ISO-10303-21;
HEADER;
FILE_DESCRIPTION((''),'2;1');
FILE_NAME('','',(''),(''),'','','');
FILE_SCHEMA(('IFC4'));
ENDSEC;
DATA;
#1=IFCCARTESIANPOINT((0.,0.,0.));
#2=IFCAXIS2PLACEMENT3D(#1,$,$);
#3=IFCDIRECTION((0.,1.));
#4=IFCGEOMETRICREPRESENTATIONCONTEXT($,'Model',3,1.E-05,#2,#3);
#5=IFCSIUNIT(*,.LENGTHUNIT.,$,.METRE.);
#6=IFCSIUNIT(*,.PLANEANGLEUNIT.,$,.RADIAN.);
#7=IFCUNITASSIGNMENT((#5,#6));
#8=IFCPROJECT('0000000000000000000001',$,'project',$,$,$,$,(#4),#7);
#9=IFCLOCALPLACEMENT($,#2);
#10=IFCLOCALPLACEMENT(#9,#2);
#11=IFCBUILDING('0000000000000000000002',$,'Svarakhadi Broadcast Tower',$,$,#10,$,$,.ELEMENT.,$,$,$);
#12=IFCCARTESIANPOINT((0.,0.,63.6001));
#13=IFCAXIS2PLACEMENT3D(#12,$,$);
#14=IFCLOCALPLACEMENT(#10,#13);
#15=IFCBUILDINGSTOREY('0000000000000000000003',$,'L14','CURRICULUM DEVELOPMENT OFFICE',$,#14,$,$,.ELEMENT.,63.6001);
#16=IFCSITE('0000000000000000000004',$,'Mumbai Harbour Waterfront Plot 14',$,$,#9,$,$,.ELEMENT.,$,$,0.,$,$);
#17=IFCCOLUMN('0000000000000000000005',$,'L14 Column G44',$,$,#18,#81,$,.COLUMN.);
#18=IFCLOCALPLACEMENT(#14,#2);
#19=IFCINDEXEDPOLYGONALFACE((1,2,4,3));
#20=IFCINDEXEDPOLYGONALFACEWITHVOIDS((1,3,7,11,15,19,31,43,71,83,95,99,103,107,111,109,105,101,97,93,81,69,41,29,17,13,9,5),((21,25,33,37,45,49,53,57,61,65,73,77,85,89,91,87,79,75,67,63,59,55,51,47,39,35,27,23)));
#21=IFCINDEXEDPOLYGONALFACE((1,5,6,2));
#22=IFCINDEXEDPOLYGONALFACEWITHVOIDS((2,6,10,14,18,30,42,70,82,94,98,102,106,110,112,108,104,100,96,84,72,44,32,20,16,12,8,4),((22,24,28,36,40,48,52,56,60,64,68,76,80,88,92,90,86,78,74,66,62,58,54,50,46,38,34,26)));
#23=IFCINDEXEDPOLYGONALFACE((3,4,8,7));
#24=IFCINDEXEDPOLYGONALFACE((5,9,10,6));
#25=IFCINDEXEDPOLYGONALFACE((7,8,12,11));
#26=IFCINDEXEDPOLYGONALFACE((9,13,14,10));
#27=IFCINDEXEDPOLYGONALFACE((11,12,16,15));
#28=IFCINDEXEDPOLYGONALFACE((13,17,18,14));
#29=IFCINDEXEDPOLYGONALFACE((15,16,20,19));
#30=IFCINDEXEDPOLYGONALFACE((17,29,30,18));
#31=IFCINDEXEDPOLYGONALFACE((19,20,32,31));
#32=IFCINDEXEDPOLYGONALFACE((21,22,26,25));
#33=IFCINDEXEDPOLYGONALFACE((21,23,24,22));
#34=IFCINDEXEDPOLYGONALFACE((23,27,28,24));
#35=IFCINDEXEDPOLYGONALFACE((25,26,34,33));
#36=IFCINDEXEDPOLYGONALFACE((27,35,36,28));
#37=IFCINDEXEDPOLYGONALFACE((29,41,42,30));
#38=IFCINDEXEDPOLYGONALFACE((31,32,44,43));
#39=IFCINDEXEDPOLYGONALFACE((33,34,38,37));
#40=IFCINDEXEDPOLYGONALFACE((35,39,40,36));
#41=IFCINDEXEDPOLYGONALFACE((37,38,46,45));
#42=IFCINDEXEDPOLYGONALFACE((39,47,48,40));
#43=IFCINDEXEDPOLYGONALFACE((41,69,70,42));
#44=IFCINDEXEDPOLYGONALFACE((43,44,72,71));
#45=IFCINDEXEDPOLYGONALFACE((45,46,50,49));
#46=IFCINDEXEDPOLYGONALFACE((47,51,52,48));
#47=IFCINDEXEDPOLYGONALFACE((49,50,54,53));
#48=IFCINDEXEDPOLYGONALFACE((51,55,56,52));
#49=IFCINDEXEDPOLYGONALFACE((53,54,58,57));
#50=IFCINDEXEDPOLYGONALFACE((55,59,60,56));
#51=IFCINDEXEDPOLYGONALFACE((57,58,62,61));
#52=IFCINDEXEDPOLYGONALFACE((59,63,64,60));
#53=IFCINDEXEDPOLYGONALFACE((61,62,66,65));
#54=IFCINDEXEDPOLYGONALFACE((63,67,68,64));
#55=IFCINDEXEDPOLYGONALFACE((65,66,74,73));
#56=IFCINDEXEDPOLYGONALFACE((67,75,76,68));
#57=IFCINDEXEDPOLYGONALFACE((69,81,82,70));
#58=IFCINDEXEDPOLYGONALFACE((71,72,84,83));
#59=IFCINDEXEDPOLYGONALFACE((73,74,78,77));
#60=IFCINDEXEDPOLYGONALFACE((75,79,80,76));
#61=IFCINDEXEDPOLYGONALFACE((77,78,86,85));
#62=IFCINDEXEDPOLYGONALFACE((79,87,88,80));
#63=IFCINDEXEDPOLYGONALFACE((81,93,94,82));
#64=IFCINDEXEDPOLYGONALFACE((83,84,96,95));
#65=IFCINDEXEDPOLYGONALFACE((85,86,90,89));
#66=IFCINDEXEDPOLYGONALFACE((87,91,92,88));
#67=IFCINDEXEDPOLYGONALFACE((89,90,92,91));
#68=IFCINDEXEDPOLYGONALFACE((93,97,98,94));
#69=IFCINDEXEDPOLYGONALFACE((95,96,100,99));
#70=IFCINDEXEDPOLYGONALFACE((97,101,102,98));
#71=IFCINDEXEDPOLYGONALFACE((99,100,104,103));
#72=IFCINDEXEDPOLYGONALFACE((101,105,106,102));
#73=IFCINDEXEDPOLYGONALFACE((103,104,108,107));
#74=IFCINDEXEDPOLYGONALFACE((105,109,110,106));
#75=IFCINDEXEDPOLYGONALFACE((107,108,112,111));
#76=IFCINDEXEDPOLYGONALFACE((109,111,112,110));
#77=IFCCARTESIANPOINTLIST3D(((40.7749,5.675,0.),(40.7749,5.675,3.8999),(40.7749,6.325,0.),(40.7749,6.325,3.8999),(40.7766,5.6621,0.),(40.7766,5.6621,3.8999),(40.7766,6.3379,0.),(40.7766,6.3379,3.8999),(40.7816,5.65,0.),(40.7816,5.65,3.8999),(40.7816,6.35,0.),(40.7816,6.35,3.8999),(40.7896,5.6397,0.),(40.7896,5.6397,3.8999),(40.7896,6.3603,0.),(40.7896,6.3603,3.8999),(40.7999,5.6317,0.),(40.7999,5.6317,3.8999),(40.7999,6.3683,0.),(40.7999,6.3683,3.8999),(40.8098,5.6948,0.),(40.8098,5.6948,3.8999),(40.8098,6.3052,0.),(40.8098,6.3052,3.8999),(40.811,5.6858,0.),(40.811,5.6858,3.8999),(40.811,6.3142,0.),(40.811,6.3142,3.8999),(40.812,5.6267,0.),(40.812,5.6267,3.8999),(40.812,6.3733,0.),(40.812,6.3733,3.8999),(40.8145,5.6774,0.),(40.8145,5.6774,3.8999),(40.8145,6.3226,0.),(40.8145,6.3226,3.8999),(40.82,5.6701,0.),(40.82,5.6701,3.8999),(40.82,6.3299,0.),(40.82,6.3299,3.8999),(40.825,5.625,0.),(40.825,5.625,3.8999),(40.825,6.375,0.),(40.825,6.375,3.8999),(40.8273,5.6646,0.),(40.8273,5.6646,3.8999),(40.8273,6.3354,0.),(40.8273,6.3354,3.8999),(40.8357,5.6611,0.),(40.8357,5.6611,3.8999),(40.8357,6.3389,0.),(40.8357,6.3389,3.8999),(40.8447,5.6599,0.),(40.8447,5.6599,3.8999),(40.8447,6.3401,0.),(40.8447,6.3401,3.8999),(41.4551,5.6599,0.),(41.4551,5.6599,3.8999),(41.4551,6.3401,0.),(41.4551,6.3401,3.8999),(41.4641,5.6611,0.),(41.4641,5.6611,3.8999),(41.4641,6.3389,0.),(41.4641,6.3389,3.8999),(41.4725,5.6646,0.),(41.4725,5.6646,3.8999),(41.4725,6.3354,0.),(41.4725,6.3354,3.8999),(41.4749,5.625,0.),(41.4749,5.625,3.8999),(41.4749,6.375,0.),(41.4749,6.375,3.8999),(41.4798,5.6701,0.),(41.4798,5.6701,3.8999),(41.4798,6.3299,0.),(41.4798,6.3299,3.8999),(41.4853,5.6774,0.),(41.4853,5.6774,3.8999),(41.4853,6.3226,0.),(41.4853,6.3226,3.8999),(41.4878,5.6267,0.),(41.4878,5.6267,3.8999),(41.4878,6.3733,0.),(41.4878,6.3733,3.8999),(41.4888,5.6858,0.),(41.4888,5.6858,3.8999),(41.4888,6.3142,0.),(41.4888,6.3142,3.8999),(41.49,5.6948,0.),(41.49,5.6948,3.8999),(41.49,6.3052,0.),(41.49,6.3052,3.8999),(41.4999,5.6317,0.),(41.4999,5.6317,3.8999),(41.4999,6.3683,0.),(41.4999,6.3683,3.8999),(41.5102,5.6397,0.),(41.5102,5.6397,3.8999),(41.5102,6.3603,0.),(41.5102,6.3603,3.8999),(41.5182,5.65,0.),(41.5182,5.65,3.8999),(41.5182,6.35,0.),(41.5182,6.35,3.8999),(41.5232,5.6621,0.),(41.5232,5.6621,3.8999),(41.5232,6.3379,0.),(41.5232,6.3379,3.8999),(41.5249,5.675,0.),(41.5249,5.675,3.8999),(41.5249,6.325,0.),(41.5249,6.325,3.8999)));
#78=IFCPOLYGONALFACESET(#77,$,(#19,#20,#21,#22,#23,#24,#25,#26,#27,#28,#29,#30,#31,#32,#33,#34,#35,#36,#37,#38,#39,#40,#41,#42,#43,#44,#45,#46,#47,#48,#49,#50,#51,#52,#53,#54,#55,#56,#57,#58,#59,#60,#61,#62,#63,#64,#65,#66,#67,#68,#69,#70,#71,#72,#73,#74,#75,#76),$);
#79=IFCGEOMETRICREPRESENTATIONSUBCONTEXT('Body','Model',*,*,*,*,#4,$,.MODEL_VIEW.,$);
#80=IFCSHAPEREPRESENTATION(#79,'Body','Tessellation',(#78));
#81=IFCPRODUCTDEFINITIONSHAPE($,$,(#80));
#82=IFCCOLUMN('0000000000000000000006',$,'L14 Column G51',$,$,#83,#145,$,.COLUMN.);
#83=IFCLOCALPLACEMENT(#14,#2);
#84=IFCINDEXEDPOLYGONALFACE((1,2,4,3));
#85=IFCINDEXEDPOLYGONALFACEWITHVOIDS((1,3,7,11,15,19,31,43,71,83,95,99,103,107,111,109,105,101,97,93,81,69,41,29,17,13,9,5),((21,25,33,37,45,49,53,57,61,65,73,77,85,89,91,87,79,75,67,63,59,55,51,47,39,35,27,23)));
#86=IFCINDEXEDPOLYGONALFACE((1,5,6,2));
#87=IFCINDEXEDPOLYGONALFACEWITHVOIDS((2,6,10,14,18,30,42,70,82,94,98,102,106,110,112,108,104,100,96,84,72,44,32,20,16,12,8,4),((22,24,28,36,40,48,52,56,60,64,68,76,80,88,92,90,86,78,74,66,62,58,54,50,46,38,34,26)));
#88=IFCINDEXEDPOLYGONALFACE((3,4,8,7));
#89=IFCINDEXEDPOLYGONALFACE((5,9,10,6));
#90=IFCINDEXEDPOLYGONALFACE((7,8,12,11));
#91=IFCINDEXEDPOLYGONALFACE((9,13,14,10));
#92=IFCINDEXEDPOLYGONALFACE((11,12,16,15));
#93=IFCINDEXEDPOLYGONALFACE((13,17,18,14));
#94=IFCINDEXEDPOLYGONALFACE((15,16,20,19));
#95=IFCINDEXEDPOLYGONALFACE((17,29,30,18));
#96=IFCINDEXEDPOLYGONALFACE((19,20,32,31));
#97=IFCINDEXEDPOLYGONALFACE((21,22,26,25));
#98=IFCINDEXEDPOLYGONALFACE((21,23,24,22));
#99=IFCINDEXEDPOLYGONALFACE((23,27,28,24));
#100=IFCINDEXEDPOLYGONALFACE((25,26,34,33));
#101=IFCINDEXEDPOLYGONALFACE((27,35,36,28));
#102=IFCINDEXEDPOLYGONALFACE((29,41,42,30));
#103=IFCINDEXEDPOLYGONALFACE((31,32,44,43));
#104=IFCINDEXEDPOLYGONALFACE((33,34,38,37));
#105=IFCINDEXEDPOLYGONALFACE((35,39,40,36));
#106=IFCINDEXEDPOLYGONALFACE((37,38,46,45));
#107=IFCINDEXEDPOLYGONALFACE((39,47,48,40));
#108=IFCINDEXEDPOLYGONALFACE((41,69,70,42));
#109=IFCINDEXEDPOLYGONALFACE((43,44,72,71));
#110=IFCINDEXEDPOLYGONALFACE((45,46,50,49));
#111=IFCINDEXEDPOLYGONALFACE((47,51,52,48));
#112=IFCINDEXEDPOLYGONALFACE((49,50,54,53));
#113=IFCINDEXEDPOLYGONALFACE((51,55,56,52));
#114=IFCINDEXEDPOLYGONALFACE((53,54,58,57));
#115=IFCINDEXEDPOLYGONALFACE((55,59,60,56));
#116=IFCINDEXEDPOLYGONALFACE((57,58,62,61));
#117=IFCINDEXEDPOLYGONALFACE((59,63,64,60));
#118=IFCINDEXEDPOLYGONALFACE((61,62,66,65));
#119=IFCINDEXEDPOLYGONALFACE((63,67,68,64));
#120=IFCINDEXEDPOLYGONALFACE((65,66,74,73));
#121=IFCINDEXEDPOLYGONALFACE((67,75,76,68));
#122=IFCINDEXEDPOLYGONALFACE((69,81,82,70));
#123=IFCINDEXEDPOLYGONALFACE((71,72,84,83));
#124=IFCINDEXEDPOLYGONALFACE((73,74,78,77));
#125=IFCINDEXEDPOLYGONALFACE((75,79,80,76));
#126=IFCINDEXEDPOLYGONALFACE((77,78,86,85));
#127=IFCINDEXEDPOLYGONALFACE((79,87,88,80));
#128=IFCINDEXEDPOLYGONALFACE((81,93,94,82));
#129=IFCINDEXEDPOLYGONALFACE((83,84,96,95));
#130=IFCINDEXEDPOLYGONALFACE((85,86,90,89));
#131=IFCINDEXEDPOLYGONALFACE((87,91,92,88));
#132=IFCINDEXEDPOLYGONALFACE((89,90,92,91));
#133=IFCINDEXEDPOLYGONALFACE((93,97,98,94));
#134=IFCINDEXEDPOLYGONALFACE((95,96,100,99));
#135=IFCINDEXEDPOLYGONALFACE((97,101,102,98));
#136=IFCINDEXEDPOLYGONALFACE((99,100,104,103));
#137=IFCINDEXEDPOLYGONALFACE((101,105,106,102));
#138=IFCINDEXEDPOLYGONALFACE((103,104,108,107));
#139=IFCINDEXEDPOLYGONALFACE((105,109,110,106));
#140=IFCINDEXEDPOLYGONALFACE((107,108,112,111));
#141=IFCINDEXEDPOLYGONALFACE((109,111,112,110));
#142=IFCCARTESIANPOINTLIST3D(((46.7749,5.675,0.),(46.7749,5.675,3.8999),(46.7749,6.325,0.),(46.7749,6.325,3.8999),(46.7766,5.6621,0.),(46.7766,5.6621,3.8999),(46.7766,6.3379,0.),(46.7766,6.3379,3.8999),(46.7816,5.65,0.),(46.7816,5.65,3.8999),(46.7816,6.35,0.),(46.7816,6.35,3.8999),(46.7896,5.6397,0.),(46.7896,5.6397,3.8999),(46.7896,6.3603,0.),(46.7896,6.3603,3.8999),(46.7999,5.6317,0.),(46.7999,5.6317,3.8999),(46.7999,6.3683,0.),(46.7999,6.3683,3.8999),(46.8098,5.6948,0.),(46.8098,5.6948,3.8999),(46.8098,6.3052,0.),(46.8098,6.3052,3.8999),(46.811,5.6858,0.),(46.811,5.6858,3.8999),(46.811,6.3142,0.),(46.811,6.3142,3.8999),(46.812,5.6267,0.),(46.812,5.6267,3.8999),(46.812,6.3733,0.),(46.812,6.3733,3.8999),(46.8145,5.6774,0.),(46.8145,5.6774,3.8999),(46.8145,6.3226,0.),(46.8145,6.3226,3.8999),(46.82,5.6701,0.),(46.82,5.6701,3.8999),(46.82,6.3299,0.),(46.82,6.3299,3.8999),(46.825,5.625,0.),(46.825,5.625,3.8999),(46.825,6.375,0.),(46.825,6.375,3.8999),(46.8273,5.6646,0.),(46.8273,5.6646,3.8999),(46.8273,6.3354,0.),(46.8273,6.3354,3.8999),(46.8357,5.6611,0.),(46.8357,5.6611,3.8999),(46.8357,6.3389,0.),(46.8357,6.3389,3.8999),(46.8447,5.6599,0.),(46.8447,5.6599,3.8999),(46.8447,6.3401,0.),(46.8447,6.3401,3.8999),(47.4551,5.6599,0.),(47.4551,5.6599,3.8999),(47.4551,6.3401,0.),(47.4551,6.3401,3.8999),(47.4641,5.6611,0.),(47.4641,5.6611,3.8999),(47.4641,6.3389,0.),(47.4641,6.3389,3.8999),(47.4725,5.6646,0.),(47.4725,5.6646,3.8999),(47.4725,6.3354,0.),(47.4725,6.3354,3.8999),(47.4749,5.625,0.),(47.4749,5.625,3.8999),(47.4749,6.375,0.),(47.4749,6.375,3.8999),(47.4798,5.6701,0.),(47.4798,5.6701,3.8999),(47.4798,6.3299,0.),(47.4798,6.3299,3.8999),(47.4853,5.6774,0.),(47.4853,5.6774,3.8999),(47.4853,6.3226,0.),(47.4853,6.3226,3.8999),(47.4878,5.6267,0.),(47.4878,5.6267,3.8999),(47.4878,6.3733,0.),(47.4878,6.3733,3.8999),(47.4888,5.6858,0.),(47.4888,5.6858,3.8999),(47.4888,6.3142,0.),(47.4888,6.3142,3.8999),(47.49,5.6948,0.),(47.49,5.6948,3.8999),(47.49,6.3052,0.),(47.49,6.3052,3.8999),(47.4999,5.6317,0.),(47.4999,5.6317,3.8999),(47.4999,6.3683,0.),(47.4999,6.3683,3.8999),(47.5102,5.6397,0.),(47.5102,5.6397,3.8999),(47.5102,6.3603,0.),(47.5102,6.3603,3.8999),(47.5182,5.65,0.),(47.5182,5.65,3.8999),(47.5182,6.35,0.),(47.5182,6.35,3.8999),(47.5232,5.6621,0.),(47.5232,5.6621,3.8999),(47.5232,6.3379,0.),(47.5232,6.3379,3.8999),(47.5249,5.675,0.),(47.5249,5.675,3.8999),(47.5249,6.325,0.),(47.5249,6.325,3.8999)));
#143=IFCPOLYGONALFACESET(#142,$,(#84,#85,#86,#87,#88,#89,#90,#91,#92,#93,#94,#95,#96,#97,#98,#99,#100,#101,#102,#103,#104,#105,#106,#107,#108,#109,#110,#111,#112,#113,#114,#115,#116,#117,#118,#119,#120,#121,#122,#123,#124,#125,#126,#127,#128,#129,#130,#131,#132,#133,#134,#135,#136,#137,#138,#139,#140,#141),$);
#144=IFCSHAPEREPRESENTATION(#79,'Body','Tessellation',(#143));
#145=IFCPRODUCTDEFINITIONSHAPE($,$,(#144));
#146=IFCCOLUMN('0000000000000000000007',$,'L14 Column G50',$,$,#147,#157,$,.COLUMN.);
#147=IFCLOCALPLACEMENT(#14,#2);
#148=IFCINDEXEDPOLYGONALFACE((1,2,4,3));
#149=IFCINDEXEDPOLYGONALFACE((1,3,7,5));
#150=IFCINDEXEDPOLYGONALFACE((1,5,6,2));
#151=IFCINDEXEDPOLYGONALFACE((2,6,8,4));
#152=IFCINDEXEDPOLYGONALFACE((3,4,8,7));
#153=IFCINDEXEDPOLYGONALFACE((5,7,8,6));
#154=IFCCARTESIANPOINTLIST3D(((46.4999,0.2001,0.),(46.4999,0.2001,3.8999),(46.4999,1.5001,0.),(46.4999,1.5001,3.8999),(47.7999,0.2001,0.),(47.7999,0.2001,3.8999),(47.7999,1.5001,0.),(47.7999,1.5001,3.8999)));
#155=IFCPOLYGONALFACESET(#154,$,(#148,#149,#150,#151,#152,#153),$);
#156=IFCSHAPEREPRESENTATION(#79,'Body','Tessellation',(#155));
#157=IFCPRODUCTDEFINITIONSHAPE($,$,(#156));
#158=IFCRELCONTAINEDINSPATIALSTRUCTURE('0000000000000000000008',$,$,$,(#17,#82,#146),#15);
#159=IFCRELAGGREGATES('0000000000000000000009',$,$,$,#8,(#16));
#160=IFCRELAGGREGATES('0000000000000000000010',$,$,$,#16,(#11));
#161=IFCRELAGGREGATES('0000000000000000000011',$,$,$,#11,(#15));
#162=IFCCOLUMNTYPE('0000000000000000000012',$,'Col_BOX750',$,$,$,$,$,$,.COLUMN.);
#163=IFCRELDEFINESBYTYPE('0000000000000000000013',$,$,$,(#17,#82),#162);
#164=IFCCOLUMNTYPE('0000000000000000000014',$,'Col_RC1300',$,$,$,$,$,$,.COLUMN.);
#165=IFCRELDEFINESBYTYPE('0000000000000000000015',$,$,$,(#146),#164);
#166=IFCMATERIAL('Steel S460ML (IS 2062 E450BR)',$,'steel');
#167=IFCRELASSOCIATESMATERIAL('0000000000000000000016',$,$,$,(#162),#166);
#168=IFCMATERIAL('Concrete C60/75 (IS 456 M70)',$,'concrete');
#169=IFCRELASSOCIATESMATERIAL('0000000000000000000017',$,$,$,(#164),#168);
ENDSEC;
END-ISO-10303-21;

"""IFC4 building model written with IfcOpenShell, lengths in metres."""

from ifc_helpers import new_model, si_unit, direction, frame, origin, origin_2d, place, context, subcontext, project, spatial, rectangle, hollow_rectangle, extrude, material, material_profile, profile_set, type_object, element, save


model = new_model("IFC4")

# Units and contexts
model_context = context("Model", 3, precision=1e-05, world=origin(), true_north=direction((0.0, 1.0)))
body_context = subcontext(model_context, "Body", "Model", "MODEL_VIEW")
ifc_project = project(units=[si_unit("LENGTHUNIT", "METRE"), si_unit("PLANEANGLEUNIT", "RADIAN")], contexts=[model_context])

# Site, building, storey
site_placement = place(None, origin())
site = spatial("IfcSite", under=ifc_project, at=site_placement, Name="Mumbai Harbour Waterfront Plot 14", CompositionType="ELEMENT", RefElevation=0.0)
building_placement = place(site_placement, origin())
building = spatial("IfcBuilding", under=site, at=building_placement, Name="Svarakhadi Broadcast Tower", CompositionType="ELEMENT")
storey_placement = place(building_placement, frame((0.0, 0.0, 63.6001)))
storey = spatial("IfcBuildingStorey", under=building, at=storey_placement, Name="L14", Description="CURRICULUM DEVELOPMENT OFFICE", CompositionType="ELEMENT", Elevation=63.6001)

# Columns
ifc_material_1 = material(Name="Steel S460ML (IS 2062 E450BR)", Category="steel")
ifc_material_profile_1 = material_profile(ifc_material_1, hollow_rectangle(XDim=0.75, YDim=0.75, WallThickness=0.0349, InnerFilletRadius=0.0349, OuterFilletRadius=0.05, at=origin_2d()), Name="BOX 750x750x35")
ifc_profile_set_1 = profile_set([ifc_material_profile_1], Name="Steel S460ML (IS 2062 E450BR)")
column_type_1 = type_object("IfcColumnType", Name="Col_BOX750", PredefinedType="COLUMN", material=ifc_profile_set_1)
for number, where, z_axis, x_axis, name in (
    (1, (41.1499, 6.0, 0.0), (0.0, 0.0, 1.0), (1.0, 0.0, 0.0), "L14 Column G44"),
    (2, (47.1499, 6.0, 0.0), (0.0, 0.0, 1.0), (1.0, 0.0, 0.0), "L14 Column G51"),
):
    element("IfcColumn", number, at=place(storey_placement, frame(where, z_axis=z_axis, x_axis=x_axis)), inside=storey, type_object=column_type_1, Name=name, PredefinedType="COLUMN", context=body_context, shape_type="SweptSolid", body=[
        extrude(hollow_rectangle(XDim=0.75, YDim=0.75, WallThickness=0.0349, InnerFilletRadius=0.0349, OuterFilletRadius=0.05, at=origin_2d()), origin(), (0.0, 0.0, 1.0), 3.8999),
    ])
ifc_material_2 = material(Name="Concrete C60/75 (IS 456 M70)", Category="concrete")
ifc_material_profile_2 = material_profile(ifc_material_2, rectangle(XDim=1.3, YDim=1.3, at=origin_2d()), Name="RC 1300x1300")
ifc_profile_set_2 = profile_set([ifc_material_profile_2], Name="Concrete C60/75 (IS 456 M70)")
column_type_2 = type_object("IfcColumnType", Name="Col_RC1300", PredefinedType="COLUMN", material=ifc_profile_set_2)
column_placement = place(storey_placement, frame((47.1499, 0.8501, 0.0), z_axis=(0.0, 0.0, 1.0), x_axis=(1.0, 0.0, 0.0)))
element("IfcColumn", 3, at=column_placement, inside=storey, type_object=column_type_2, Name="L14 Column G50", PredefinedType="COLUMN", context=body_context, shape_type="SweptSolid", body=[
    extrude(rectangle(XDim=1.3, YDim=1.3, at=origin_2d()), origin(), (0.0, 0.0, 1.0), 3.8999),
])

save(model, "model.ifc")
